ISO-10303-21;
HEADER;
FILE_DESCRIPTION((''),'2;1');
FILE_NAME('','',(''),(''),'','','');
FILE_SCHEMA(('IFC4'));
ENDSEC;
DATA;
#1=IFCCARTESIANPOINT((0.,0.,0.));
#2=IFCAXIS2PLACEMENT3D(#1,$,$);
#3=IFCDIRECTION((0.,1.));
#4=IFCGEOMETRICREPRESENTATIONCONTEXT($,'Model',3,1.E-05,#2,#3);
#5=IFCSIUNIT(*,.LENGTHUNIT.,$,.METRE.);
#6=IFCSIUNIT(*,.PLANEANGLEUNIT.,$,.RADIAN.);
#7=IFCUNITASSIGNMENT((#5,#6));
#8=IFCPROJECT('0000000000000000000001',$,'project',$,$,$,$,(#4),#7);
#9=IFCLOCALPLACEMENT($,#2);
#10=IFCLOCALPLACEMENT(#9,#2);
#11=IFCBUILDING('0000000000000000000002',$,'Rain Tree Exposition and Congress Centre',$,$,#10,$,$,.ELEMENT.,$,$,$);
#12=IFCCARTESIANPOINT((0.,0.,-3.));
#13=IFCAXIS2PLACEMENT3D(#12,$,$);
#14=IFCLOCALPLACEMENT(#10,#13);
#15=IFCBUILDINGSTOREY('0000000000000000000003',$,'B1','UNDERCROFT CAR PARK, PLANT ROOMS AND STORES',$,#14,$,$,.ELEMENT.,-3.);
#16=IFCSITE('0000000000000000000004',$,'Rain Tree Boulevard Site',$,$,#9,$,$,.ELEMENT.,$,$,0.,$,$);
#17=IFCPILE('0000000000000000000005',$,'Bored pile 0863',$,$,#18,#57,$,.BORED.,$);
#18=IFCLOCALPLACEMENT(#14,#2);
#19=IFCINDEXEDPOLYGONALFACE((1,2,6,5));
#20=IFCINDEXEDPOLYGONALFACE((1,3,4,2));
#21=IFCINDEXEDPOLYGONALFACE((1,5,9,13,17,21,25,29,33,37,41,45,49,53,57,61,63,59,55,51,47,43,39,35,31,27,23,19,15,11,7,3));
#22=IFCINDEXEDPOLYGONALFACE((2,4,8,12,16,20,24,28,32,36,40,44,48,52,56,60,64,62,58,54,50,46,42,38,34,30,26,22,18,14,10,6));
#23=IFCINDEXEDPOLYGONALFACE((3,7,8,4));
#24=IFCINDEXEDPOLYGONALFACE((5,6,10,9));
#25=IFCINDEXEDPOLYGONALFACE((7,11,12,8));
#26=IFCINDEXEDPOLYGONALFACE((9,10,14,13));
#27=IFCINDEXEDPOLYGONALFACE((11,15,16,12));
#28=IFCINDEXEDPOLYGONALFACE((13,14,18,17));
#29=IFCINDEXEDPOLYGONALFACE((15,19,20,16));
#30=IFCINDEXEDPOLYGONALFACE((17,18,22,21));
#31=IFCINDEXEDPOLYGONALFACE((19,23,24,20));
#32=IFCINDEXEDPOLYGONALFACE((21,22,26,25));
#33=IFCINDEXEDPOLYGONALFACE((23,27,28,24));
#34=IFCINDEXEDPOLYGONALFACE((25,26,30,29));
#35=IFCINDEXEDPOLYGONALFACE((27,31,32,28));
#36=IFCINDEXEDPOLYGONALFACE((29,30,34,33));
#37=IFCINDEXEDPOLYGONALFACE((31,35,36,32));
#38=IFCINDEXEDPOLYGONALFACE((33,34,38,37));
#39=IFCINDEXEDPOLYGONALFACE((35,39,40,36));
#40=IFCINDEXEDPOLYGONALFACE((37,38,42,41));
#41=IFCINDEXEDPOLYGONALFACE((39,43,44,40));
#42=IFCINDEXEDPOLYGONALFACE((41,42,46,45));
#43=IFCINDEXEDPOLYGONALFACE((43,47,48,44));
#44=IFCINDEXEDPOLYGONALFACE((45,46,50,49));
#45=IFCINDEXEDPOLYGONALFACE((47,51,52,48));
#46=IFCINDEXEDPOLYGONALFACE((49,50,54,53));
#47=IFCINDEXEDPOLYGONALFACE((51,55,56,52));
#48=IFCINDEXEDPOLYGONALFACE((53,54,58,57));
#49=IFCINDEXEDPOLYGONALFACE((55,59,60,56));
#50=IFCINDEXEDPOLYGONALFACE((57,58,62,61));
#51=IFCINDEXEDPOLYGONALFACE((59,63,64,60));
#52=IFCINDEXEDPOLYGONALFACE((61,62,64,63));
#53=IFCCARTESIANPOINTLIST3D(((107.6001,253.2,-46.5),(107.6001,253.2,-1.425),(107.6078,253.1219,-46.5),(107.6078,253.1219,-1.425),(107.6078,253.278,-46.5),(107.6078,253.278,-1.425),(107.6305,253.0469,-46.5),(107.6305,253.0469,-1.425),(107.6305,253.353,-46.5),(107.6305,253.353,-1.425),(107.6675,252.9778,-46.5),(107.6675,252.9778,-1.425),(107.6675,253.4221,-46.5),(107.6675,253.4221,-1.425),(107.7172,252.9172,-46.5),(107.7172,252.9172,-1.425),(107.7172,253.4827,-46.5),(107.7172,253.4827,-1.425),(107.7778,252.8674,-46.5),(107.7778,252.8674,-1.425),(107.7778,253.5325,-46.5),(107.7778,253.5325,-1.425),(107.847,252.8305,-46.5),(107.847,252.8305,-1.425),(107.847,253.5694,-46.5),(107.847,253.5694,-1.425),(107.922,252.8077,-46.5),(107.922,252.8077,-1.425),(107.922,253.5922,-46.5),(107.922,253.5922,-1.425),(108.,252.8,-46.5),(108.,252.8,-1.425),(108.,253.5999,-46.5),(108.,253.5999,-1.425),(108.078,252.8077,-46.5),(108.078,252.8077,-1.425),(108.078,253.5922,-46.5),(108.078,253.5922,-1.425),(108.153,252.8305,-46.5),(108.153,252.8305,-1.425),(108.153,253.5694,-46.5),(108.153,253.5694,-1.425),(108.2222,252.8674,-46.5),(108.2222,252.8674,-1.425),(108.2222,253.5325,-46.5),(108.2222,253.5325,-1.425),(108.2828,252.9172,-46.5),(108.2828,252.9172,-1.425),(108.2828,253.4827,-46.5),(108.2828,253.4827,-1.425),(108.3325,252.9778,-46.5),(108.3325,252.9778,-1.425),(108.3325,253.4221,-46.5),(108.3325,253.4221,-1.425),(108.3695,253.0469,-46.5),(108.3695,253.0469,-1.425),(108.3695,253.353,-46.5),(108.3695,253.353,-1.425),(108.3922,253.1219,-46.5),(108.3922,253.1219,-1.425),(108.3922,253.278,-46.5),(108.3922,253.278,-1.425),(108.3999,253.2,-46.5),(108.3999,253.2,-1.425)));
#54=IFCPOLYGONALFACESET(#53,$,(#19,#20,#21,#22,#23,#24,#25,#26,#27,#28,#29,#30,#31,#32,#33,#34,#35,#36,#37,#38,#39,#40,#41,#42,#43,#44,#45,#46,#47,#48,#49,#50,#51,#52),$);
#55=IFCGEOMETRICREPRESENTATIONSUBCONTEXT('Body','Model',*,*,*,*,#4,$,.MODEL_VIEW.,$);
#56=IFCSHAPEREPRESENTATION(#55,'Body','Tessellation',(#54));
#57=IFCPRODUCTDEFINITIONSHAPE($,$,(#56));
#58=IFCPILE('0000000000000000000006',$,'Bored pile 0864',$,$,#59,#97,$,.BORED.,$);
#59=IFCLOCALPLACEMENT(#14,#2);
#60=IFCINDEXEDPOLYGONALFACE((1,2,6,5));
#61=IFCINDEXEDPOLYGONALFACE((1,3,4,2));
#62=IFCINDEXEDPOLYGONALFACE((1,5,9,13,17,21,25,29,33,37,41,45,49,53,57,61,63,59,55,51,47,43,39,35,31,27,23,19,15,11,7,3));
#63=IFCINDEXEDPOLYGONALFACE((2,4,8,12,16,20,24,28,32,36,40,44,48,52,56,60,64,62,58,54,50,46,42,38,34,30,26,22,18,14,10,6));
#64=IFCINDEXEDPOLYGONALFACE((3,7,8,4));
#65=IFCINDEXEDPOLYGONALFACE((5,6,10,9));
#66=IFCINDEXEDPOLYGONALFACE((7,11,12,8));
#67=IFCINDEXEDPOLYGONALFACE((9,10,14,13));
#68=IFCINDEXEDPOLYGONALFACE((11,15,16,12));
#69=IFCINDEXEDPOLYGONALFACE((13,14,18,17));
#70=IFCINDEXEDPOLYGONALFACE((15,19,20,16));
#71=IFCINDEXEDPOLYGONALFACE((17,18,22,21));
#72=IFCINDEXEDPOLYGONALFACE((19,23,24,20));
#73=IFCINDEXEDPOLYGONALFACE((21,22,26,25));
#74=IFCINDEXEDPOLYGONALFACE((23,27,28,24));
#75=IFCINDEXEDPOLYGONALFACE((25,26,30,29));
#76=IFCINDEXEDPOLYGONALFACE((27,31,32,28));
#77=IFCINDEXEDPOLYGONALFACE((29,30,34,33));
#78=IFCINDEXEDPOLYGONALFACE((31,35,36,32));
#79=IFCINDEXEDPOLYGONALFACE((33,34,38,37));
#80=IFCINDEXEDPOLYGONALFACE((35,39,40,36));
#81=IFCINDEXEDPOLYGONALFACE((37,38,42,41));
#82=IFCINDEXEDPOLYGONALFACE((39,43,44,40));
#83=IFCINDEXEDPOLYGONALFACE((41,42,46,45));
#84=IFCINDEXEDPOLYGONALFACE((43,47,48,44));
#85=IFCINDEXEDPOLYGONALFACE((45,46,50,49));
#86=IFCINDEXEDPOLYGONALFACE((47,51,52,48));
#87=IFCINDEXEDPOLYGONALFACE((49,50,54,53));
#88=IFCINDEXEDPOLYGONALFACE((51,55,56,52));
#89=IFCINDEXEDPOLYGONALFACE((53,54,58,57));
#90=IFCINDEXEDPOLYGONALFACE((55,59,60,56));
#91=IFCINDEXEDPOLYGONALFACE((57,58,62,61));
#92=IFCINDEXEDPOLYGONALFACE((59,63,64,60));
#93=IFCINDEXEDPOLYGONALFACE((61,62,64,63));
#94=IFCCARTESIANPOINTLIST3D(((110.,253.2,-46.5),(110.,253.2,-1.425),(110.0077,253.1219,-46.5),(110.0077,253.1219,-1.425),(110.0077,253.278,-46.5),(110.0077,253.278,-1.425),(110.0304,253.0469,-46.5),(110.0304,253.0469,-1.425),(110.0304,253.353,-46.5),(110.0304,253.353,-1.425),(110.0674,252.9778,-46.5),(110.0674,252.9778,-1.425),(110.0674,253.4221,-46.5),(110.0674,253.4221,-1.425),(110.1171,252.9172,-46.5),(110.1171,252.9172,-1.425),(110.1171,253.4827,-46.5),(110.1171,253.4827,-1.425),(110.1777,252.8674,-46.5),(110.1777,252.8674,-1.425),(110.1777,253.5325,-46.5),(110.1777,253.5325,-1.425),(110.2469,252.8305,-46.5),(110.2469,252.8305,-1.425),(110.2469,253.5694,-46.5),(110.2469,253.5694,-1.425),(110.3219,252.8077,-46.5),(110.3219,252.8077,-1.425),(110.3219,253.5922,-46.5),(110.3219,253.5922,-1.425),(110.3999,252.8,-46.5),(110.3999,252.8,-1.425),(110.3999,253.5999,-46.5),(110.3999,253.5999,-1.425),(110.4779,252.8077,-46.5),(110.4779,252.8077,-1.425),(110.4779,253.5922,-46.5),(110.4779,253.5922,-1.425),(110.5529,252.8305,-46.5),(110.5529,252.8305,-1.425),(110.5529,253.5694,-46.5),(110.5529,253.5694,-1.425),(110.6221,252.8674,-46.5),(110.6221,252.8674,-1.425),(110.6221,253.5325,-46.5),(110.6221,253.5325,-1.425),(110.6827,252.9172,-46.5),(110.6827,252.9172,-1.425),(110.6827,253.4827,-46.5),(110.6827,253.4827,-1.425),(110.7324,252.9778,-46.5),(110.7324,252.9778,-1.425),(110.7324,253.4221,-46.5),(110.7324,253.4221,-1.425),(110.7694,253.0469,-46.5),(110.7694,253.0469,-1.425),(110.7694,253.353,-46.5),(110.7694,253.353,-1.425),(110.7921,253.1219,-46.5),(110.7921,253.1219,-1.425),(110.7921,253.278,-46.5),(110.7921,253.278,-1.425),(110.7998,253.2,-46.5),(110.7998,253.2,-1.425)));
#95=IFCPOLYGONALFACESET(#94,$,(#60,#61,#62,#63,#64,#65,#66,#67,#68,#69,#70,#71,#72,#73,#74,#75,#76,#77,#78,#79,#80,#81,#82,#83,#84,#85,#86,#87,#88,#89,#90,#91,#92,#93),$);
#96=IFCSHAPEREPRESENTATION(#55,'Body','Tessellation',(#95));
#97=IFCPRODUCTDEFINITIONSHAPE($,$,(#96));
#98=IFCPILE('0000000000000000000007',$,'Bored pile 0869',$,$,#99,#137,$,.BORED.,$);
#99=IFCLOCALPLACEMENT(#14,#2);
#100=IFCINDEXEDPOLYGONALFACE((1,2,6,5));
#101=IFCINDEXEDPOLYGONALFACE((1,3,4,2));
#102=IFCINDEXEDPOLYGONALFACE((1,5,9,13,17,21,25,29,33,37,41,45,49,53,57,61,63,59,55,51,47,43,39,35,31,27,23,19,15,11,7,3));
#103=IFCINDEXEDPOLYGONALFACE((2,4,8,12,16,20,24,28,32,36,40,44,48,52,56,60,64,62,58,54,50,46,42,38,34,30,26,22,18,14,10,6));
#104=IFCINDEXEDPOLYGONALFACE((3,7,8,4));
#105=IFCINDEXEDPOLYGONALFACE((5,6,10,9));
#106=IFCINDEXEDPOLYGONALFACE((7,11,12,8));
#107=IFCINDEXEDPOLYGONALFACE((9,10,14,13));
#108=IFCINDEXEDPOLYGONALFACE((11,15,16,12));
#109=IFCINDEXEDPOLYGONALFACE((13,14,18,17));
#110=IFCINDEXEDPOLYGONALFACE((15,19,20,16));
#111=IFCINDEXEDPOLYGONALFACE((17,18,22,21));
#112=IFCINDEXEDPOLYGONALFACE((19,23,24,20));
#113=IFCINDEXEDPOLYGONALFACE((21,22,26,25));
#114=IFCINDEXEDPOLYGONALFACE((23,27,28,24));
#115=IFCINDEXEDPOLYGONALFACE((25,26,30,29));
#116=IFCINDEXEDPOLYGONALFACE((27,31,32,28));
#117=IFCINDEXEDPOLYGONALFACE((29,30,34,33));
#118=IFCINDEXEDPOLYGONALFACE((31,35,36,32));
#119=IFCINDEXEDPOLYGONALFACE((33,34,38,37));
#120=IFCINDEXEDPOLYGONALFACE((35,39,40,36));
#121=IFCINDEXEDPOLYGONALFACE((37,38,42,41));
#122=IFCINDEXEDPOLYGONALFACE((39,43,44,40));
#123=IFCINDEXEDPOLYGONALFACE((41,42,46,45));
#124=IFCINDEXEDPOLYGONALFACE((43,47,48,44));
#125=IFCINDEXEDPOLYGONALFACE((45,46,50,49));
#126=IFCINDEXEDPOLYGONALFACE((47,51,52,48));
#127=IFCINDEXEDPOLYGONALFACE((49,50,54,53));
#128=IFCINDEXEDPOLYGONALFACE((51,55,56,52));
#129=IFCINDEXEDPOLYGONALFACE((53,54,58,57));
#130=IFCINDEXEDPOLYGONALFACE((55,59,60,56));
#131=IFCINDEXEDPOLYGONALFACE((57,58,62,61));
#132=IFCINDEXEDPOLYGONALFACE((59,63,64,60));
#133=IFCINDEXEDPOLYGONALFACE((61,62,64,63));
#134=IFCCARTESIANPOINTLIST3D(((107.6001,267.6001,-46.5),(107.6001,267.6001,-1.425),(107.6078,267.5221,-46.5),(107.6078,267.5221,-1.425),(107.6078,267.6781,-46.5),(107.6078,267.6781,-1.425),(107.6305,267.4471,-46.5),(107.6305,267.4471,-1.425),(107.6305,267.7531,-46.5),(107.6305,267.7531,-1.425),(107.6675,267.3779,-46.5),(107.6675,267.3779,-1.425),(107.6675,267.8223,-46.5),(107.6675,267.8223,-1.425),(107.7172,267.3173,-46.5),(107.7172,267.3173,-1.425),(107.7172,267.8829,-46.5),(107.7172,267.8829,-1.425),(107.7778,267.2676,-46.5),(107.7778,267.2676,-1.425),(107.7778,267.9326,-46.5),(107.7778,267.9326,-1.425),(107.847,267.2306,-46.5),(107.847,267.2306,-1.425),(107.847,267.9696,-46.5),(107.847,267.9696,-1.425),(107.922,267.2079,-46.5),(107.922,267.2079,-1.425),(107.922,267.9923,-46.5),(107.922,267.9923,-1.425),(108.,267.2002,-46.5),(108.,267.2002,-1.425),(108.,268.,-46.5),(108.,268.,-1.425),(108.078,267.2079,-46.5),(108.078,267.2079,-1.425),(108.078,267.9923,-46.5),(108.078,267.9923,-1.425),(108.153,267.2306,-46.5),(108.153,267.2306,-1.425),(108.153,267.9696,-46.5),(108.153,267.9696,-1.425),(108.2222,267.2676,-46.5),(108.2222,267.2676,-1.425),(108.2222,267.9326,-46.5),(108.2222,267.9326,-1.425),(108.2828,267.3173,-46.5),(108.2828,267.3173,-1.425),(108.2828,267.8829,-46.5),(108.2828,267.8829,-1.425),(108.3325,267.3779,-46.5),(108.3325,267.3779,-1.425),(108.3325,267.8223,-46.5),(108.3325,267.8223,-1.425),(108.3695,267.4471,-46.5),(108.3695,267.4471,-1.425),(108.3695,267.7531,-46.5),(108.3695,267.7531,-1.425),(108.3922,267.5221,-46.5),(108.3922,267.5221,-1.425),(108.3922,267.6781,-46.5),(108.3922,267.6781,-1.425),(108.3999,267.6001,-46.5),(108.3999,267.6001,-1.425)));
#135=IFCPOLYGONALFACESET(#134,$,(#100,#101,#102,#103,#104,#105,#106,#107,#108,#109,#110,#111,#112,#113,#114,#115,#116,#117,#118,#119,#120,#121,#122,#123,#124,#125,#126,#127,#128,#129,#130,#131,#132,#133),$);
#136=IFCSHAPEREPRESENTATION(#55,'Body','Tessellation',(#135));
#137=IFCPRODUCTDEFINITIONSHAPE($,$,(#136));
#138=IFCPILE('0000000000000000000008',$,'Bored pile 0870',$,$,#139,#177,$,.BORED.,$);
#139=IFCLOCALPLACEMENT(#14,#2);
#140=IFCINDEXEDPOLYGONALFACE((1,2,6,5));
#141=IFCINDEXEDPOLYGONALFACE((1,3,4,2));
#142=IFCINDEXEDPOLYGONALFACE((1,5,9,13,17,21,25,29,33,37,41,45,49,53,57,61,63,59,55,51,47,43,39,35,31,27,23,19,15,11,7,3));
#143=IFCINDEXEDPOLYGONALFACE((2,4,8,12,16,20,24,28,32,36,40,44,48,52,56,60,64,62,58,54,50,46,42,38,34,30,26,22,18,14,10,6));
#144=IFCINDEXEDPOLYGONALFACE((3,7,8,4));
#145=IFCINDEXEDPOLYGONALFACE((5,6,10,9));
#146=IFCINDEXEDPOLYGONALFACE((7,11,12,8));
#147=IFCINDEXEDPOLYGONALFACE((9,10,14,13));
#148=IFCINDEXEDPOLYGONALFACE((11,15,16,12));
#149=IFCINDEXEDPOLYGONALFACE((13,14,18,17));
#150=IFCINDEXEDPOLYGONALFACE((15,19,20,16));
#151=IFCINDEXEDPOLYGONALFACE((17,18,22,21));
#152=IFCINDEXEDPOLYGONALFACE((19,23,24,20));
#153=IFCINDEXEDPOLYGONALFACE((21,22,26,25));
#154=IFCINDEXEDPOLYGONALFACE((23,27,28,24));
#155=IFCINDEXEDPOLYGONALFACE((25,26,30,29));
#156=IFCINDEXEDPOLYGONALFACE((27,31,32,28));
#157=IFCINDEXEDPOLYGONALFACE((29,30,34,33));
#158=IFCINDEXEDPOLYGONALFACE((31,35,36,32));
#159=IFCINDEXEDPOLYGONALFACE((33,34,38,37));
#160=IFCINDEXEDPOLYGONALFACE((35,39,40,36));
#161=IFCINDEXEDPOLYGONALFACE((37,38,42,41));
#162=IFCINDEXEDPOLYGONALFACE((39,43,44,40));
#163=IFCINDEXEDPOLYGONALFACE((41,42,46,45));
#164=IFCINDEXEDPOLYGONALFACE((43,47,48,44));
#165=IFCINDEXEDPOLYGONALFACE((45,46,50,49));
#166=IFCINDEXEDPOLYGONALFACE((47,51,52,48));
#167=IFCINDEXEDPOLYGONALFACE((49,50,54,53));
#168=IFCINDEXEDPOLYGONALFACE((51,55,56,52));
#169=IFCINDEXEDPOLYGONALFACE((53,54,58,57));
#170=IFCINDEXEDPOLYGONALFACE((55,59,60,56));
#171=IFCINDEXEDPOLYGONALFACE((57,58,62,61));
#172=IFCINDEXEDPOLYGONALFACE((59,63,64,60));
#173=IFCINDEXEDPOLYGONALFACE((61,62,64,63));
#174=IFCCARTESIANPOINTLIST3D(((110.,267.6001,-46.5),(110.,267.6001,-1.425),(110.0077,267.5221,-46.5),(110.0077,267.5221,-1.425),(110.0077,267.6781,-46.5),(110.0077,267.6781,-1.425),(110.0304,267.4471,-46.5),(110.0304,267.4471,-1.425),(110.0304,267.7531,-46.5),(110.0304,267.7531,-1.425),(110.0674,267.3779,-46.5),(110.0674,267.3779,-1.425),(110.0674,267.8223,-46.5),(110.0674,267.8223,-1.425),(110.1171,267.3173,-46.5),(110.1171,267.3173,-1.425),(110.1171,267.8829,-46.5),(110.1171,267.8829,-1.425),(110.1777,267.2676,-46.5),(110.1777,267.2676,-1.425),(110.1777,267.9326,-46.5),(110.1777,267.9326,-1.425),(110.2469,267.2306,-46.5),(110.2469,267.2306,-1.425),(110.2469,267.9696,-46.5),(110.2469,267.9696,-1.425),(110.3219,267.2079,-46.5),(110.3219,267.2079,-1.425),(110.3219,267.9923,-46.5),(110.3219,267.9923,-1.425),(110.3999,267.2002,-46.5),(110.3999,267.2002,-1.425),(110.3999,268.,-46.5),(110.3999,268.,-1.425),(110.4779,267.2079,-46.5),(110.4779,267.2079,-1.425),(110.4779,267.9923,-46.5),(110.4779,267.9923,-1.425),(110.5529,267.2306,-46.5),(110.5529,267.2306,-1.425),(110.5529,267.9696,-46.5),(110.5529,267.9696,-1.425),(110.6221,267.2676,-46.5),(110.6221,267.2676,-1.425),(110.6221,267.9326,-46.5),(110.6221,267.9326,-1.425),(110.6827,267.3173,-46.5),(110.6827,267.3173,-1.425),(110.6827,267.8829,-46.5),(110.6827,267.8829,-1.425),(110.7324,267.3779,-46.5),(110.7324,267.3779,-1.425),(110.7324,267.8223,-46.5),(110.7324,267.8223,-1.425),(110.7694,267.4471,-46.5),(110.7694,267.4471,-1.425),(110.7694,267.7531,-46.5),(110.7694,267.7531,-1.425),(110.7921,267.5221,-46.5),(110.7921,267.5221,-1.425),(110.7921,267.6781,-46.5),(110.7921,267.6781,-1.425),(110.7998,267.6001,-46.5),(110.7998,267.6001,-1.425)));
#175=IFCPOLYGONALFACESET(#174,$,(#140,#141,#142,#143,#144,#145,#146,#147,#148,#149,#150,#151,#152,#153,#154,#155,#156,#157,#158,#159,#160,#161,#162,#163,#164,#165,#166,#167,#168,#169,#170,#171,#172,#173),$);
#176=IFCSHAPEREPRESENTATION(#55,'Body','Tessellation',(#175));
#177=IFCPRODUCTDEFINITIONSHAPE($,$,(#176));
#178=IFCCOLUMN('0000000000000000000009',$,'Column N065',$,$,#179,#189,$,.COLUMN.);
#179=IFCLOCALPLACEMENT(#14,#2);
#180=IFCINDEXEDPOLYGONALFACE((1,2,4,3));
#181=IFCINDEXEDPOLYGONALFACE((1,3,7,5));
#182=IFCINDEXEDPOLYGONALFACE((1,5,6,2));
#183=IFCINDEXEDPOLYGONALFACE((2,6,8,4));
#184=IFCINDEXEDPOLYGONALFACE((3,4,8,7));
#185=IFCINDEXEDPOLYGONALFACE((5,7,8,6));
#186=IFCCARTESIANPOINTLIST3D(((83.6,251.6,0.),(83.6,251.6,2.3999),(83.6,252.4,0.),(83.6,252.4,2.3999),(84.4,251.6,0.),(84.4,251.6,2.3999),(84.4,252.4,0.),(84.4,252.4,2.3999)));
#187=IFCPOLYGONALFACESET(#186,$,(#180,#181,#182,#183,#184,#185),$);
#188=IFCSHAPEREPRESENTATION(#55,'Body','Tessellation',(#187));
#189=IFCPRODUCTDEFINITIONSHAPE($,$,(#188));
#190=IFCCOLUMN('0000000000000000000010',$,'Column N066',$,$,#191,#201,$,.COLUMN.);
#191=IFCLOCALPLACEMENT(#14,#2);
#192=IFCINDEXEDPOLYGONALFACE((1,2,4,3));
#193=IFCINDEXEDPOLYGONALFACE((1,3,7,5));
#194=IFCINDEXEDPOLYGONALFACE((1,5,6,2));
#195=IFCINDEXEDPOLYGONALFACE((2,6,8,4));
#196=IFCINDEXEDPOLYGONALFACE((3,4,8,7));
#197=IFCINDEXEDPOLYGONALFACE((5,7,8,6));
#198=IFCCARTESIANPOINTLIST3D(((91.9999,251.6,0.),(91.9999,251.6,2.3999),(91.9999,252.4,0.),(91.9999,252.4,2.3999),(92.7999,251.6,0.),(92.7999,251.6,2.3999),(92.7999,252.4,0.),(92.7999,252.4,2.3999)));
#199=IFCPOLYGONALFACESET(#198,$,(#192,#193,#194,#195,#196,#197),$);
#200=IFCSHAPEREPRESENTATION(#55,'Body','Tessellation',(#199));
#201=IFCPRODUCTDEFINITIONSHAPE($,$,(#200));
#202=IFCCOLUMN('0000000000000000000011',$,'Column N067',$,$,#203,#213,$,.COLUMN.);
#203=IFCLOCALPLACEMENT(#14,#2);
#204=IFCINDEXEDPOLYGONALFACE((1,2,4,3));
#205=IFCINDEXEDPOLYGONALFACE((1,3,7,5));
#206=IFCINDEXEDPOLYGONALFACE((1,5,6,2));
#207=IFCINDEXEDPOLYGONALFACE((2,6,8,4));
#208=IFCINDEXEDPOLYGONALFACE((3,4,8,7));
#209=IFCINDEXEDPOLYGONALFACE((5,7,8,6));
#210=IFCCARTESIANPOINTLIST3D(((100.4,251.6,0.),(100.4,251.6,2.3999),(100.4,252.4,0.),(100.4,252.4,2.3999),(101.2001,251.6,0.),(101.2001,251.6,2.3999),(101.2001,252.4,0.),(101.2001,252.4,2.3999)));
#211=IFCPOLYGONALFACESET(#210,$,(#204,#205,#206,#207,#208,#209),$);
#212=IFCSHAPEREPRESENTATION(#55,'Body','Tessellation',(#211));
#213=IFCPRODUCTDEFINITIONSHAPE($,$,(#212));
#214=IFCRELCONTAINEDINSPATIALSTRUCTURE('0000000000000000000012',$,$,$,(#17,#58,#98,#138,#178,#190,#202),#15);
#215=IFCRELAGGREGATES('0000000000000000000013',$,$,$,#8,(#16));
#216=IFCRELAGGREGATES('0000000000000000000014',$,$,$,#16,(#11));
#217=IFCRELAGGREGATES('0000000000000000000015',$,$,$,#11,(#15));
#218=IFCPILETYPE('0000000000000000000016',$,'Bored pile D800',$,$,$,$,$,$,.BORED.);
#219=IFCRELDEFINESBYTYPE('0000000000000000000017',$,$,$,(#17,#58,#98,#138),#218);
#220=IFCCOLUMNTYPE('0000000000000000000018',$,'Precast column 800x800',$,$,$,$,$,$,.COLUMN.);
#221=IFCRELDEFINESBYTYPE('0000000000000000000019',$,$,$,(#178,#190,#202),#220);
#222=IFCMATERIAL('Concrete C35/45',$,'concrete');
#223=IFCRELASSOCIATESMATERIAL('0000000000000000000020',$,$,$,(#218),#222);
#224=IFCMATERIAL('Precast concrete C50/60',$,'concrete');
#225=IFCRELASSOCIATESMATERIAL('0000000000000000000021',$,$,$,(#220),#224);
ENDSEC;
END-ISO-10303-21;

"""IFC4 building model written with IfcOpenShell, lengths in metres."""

from ifc_helpers import new_model, si_unit, direction, frame, origin, origin_2d, place, context, subcontext, project, spatial, rectangle, circle, extrude, material, material_profile, profile_set, type_object, element, save


model = new_model("IFC4")

# Units and contexts
model_context = context("Model", 3, precision=1e-05, world=origin(), true_north=direction((0.0, 1.0)))
body_context = subcontext(model_context, "Body", "Model", "MODEL_VIEW")
ifc_project = project(units=[si_unit("LENGTHUNIT", "METRE"), si_unit("PLANEANGLEUNIT", "RADIAN")], contexts=[model_context])

# Site, building, storey
site_placement = place(None, origin())
site = spatial("IfcSite", under=ifc_project, at=site_placement, Name="Rain Tree Boulevard Site", CompositionType="ELEMENT", RefElevation=0.0)
building_placement = place(site_placement, origin())
building = spatial("IfcBuilding", under=site, at=building_placement, Name="Rain Tree Exposition and Congress Centre", CompositionType="ELEMENT")
storey_placement = place(building_placement, frame((0.0, 0.0, -3.0)))
storey = spatial("IfcBuildingStorey", under=building, at=storey_placement, Name="B1", Description="UNDERCROFT CAR PARK, PLANT ROOMS AND STORES", CompositionType="ELEMENT", Elevation=-3.0)

# Piles
ifc_material_1 = material(Name="Concrete C35/45", Category="concrete")
ifc_material_profile_1 = material_profile(ifc_material_1, circle(Radius=0.3999, at=origin_2d()), Name="D800")
ifc_profile_set_1 = profile_set([ifc_material_profile_1], Name="Concrete C35/45")
pile_type = type_object("IfcPileType", Name="Bored pile D800", PredefinedType="BORED", material=ifc_profile_set_1)
for number, where, z_axis, x_axis, name in (
    (1, (108.0, 253.2, -1.425), (0.0, 0.0, -1.0), (1.0, 0.0, 0.0), "Bored pile 0863"),
    (2, (110.3999, 253.2, -1.425), (0.0, 0.0, -1.0), (1.0, 0.0, 0.0), "Bored pile 0864"),
    (3, (108.0, 267.6001, -1.425), (0.0, 0.0, -1.0), (1.0, 0.0, 0.0), "Bored pile 0869"),
    (4, (110.3999, 267.6001, -1.425), (0.0, 0.0, -1.0), (1.0, 0.0, 0.0), "Bored pile 0870"),
):
    element("IfcPile", number, at=place(storey_placement, frame(where, z_axis=z_axis, x_axis=x_axis)), inside=storey, type_object=pile_type, Name=name, PredefinedType="BORED", context=body_context, shape_type="SweptSolid", body=[
        extrude(circle(Radius=0.3999, at=origin_2d()), origin(), (0.0, 0.0, 1.0), 45.075),
    ])

# Columns
ifc_material_2 = material(Name="Precast concrete C50/60", Category="concrete")
ifc_material_profile_2 = material_profile(ifc_material_2, rectangle(XDim=0.8, YDim=0.8, at=origin_2d()), Name="RC 800x800")
ifc_profile_set_2 = profile_set([ifc_material_profile_2], Name="Precast concrete C50/60")
column_type = type_object("IfcColumnType", Name="Precast column 800x800", PredefinedType="COLUMN", material=ifc_profile_set_2)
for number, where, z_axis, x_axis, name in (
    (5, (84.0, 252.0, 0.0), (0.0, 0.0, 1.0), (1.0, 0.0, 0.0), "Column N065"),
    (6, (92.3999, 252.0, 0.0), (0.0, 0.0, 1.0), (1.0, 0.0, 0.0), "Column N066"),
    (7, (100.8, 252.0, 0.0), (0.0, 0.0, 1.0), (1.0, 0.0, 0.0), "Column N067"),
):
    element("IfcColumn", number, at=place(storey_placement, frame(where, z_axis=z_axis, x_axis=x_axis)), inside=storey, type_object=column_type, Name=name, PredefinedType="COLUMN", context=body_context, shape_type="SweptSolid", body=[
        extrude(rectangle(XDim=0.8, YDim=0.8, at=origin_2d()), origin(), (0.0, 0.0, 1.0), 2.3999),
    ])

save(model, "model.ifc")
